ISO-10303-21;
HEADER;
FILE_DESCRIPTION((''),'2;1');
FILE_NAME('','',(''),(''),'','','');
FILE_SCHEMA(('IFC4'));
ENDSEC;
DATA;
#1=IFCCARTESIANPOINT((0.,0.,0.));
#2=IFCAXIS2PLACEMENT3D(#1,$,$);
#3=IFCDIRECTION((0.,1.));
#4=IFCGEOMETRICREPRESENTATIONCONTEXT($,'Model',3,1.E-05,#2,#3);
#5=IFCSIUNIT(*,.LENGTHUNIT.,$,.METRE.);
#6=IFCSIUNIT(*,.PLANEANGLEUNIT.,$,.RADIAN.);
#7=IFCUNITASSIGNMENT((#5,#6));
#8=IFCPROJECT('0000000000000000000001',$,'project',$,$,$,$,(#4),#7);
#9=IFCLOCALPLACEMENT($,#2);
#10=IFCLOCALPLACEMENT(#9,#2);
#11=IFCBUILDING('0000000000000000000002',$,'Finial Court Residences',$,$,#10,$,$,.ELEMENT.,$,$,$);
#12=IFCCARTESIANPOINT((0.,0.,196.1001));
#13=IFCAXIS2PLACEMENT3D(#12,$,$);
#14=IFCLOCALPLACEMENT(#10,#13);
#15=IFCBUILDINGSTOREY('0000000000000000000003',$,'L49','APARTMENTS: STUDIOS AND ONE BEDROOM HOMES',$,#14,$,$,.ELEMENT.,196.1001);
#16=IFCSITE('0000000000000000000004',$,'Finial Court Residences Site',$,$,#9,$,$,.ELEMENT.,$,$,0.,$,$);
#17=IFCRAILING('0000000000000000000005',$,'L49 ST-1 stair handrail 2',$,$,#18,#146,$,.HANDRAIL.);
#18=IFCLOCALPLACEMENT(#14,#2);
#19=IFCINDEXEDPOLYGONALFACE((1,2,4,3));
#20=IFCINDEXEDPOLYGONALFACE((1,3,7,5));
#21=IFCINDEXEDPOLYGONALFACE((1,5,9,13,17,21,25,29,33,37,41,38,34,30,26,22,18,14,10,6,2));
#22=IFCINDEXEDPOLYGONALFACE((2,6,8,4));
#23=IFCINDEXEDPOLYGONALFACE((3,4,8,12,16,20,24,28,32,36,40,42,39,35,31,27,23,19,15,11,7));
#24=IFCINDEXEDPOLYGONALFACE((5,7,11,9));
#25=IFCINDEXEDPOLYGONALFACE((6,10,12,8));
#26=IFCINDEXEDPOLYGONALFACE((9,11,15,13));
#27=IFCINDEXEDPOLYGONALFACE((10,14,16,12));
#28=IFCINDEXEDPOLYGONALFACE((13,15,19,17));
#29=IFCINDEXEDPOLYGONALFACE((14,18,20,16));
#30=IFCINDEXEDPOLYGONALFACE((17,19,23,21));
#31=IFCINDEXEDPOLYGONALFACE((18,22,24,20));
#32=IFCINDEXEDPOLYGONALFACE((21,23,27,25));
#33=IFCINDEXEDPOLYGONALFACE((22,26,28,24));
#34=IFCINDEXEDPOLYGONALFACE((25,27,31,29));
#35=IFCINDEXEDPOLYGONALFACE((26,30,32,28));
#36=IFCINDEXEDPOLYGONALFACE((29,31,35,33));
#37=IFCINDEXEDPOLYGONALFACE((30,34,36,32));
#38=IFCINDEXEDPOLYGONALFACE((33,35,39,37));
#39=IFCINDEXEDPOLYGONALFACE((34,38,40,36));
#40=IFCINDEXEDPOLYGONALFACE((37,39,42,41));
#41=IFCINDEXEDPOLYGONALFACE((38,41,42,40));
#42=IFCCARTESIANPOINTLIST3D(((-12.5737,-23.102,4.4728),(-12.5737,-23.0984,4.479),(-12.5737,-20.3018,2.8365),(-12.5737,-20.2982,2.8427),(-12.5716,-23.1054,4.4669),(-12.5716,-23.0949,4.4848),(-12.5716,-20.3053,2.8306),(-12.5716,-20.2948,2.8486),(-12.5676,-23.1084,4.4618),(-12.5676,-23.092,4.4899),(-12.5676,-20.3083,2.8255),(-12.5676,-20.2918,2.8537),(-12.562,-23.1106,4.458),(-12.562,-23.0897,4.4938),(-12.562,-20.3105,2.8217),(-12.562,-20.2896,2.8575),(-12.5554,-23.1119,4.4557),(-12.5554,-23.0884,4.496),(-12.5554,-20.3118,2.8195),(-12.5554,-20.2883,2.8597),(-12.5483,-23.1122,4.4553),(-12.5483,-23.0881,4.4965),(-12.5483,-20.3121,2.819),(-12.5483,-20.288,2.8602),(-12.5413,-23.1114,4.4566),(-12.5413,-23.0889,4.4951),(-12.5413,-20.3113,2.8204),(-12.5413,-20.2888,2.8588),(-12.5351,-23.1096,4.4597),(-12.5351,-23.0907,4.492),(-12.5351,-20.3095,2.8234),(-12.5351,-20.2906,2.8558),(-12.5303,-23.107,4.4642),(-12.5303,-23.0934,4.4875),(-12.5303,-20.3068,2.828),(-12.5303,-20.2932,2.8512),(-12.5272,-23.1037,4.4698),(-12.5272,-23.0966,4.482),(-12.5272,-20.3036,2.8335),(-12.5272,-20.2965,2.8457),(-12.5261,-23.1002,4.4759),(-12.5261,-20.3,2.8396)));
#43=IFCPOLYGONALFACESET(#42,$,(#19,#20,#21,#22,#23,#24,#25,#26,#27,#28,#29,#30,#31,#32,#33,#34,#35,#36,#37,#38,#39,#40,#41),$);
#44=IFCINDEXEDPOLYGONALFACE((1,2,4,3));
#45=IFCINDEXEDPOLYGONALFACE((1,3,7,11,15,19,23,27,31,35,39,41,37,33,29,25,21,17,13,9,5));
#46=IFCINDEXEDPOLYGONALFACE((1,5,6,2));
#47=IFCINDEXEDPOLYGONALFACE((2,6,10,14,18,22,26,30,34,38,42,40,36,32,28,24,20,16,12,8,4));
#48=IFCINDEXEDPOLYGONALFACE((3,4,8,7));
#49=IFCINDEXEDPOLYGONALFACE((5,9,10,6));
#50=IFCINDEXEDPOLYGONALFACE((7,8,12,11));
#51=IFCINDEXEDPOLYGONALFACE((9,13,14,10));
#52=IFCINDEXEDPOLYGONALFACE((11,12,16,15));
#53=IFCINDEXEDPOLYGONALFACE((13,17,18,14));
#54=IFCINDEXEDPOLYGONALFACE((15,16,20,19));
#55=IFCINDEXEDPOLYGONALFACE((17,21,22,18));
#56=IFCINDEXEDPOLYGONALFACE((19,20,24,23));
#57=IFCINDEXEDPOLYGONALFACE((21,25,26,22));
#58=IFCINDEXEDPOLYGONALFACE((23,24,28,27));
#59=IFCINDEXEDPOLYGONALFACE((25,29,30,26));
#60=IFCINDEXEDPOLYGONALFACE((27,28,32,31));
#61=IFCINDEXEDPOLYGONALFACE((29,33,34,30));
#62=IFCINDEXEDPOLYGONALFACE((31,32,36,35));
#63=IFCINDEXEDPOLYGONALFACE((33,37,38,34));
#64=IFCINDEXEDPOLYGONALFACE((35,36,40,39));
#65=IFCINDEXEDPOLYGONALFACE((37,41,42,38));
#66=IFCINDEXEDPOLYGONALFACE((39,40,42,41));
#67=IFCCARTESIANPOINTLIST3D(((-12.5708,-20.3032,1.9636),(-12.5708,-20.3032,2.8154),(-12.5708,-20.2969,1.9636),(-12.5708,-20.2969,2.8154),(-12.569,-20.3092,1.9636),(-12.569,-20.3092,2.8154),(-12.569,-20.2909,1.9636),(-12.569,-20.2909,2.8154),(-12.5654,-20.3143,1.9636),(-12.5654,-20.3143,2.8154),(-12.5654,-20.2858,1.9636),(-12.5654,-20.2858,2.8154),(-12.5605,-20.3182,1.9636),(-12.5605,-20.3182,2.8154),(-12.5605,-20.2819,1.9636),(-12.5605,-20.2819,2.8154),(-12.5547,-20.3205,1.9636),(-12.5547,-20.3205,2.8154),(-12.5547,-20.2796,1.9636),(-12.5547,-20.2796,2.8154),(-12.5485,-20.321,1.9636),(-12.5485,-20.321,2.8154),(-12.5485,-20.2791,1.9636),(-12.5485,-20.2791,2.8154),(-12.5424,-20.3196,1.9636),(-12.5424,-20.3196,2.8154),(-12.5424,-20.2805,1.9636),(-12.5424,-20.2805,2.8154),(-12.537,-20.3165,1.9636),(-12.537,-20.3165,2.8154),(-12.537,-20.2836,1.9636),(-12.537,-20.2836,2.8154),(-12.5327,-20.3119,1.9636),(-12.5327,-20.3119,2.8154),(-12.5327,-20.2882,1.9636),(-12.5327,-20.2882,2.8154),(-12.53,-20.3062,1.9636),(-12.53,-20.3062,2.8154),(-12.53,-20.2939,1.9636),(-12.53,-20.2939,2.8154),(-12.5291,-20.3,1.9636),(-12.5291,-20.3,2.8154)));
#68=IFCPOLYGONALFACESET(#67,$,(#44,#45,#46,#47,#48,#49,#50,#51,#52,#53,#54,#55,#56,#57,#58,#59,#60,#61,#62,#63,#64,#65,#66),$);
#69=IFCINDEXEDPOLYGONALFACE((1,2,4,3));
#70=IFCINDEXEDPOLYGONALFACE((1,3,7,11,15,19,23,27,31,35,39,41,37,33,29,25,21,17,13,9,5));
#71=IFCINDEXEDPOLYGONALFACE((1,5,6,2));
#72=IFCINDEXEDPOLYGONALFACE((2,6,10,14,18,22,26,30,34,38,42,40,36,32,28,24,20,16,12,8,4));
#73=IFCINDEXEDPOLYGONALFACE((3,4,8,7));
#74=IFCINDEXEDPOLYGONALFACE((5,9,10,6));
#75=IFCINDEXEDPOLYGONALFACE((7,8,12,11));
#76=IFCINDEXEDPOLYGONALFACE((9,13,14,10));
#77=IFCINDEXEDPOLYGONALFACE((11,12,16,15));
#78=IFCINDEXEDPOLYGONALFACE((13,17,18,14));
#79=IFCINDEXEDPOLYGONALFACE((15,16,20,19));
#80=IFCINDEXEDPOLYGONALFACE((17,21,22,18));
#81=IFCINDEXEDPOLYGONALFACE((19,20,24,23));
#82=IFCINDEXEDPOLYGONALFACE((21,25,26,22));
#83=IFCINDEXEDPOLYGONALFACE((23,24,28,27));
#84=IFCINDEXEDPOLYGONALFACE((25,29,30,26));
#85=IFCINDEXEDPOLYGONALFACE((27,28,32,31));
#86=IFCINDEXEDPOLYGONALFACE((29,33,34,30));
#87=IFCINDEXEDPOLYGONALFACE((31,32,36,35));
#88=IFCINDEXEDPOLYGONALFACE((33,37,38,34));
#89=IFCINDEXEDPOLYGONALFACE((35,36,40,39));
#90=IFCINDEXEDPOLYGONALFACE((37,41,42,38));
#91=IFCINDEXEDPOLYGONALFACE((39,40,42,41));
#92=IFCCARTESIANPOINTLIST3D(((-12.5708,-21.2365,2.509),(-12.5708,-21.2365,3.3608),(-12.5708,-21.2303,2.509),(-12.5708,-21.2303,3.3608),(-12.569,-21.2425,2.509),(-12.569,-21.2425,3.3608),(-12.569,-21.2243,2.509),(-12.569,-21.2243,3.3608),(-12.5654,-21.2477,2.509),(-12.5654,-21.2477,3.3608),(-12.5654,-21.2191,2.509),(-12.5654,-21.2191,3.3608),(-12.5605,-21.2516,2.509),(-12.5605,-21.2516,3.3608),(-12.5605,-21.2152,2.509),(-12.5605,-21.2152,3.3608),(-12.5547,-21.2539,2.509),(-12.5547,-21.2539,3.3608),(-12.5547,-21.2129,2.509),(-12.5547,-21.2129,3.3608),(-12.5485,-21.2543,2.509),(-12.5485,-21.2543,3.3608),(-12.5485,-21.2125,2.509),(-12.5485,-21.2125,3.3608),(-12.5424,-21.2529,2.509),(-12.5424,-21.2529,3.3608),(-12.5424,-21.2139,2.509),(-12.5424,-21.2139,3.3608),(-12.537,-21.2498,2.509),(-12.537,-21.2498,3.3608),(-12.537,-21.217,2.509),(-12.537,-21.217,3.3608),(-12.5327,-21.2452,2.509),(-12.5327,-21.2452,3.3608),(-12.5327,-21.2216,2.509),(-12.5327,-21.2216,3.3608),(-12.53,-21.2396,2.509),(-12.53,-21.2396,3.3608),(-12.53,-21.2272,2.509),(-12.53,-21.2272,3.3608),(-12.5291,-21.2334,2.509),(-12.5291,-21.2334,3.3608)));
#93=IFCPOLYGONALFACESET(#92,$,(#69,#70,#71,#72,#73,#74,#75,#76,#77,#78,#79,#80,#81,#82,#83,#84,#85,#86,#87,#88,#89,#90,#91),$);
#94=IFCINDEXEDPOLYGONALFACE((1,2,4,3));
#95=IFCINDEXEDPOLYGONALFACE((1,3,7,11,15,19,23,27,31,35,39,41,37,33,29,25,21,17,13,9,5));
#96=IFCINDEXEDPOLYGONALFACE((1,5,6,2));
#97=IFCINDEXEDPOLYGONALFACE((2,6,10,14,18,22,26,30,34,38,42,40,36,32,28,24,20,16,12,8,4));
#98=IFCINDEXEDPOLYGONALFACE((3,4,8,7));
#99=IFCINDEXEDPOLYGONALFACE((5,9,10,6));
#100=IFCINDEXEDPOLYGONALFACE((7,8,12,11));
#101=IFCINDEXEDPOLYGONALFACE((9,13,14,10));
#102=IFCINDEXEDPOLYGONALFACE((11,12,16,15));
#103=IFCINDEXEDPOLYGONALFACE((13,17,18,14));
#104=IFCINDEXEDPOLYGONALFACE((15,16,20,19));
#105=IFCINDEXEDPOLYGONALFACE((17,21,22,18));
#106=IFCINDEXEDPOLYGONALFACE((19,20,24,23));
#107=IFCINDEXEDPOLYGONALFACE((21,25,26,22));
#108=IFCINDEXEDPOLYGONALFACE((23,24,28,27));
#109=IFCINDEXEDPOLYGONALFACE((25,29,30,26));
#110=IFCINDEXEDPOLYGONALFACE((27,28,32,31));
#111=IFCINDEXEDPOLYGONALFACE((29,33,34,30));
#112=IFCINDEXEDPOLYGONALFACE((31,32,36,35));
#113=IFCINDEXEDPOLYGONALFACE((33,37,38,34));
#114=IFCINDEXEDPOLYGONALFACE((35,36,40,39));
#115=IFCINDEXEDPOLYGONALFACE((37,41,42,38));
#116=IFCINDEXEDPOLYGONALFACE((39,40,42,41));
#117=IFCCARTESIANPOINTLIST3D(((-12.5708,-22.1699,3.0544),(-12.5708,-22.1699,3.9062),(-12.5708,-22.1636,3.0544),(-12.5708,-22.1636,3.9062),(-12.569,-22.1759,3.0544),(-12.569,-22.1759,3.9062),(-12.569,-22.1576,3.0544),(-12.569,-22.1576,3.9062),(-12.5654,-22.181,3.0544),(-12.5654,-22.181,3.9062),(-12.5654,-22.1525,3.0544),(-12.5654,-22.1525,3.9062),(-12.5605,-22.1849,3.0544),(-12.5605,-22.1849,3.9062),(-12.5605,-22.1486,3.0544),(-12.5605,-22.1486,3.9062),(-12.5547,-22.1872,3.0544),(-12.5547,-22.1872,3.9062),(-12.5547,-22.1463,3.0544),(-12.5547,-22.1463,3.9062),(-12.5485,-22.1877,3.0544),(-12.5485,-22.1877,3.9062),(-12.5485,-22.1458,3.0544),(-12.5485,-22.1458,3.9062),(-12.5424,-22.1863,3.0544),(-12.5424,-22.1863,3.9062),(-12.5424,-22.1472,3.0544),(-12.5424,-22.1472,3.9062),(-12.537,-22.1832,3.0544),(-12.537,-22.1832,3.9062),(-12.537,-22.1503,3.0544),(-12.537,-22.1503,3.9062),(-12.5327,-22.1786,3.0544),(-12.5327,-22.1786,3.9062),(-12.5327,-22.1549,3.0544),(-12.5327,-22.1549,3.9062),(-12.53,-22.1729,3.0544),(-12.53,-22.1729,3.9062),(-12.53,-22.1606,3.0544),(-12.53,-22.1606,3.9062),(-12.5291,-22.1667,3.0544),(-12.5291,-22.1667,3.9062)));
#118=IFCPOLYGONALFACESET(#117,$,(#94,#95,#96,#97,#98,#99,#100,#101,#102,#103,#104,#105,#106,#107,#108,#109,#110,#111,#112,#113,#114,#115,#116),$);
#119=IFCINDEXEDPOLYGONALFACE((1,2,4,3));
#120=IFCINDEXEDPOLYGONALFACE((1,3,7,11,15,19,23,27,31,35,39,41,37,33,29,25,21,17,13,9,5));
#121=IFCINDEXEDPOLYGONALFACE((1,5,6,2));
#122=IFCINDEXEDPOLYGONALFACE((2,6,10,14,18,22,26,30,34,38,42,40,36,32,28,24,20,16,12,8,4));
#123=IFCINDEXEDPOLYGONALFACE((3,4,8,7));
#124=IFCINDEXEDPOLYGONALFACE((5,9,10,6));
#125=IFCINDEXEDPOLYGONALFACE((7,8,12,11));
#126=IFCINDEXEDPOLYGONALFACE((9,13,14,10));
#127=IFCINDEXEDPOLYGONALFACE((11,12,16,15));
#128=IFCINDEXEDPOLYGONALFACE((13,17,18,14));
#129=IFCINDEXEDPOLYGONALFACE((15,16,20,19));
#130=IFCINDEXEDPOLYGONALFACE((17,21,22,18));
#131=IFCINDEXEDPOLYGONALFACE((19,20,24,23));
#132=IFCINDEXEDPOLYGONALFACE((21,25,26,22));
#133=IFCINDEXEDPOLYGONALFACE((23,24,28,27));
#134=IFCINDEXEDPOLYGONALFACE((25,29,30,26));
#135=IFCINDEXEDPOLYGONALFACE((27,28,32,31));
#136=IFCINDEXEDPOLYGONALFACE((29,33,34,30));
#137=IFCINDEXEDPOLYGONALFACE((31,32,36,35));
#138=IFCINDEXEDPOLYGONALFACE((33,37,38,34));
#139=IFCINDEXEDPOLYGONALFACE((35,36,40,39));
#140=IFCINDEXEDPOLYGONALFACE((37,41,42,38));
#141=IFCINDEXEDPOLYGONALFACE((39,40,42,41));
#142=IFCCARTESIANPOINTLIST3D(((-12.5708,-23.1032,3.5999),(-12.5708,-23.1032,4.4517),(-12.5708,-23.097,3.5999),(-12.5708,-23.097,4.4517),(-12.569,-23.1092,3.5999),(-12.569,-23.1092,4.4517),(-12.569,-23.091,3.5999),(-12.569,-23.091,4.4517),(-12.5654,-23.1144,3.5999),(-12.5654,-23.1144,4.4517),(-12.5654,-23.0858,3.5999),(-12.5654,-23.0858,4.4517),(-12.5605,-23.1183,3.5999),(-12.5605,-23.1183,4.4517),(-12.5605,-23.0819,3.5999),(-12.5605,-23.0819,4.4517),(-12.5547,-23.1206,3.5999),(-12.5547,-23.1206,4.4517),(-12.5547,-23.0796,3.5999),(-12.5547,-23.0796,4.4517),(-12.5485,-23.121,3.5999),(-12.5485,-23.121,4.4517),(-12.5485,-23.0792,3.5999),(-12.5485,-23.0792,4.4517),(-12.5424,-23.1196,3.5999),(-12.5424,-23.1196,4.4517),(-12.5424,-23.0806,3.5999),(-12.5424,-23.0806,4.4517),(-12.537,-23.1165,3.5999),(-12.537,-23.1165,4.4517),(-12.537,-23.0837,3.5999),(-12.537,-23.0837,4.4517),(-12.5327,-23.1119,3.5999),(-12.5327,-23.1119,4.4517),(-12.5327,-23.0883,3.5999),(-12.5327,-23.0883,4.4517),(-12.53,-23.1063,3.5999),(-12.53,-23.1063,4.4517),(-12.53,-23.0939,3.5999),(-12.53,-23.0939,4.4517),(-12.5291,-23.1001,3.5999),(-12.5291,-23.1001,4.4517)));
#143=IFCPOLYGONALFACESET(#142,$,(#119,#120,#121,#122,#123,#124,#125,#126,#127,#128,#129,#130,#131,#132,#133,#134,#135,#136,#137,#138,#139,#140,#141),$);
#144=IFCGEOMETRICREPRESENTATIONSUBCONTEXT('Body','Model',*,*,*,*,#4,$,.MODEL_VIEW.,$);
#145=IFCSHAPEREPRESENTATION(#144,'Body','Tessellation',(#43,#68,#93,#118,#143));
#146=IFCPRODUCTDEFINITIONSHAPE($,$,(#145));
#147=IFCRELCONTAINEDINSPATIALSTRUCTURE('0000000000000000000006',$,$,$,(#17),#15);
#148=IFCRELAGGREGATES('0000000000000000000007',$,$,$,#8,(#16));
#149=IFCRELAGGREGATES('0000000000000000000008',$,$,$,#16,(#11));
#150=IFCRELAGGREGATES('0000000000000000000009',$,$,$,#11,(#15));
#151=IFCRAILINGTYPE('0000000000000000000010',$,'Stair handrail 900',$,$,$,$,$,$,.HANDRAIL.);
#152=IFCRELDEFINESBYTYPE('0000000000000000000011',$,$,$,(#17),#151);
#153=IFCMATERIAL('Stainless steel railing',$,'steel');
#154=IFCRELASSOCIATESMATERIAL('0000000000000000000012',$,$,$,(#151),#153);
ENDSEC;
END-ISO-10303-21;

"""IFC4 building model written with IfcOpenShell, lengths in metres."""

from ifc_helpers import new_model, si_unit, direction, frame, origin, origin_2d, place, context, subcontext, project, spatial, circle, extrude, material, type_object, element, save


model = new_model("IFC4")

# Units and contexts
model_context = context("Model", 3, precision=1e-05, world=origin(), true_north=direction((0.0, 1.0)))
body_context = subcontext(model_context, "Body", "Model", "MODEL_VIEW")
ifc_project = project(units=[si_unit("LENGTHUNIT", "METRE"), si_unit("PLANEANGLEUNIT", "RADIAN")], contexts=[model_context])

# Site, building, storey
site_placement = place(None, origin())
site = spatial("IfcSite", under=ifc_project, at=site_placement, Name="Finial Court Residences Site", CompositionType="ELEMENT", RefElevation=0.0)
building_placement = place(site_placement, origin())
building = spatial("IfcBuilding", under=site, at=building_placement, Name="Finial Court Residences", CompositionType="ELEMENT")
storey_placement = place(building_placement, frame((0.0, 0.0, 196.1001)))
storey = spatial("IfcBuildingStorey", under=building, at=storey_placement, Name="L49", Description="APARTMENTS: STUDIOS AND ONE BEDROOM HOMES", CompositionType="ELEMENT", Elevation=196.1001)

# Railing
ifc_material_1 = material(Name="Stainless steel railing", Category="steel")
railing_type_1 = type_object("IfcRailingType", Name="Stair handrail 900", PredefinedType="HANDRAIL", material=ifc_material_1)
railing_1_placement = place(storey_placement, frame((-12.55, -20.3, 1.9636)))
element("IfcRailing", 1, at=railing_1_placement, inside=storey, type_object=railing_type_1, Name="L49 ST-1 stair handrail 2", PredefinedType="HANDRAIL", context=body_context, shape_type="SweptSolid", body=[
    extrude(circle(Radius=0.0239, at=origin_2d()), frame((0.0, 0.0, 0.876), z_axis=(0.0, -0.863394, 0.504531), x_axis=(1.0, 0.0, 0.0)), (0.0, 0.0, 1.0), 3.2432),
    extrude(circle(Radius=0.021, at=origin_2d()), origin(), (0.0, 0.0, 1.0), 0.8518),
    extrude(circle(Radius=0.021, at=origin_2d()), frame((0.0, -0.9333, 0.5454)), (0.0, 0.0, 1.0), 0.8518),
    extrude(circle(Radius=0.021, at=origin_2d()), frame((0.0, -1.8667, 1.0908)), (0.0, 0.0, 1.0), 0.8518),
    extrude(circle(Radius=0.021, at=origin_2d()), frame((0.0, -2.8, 1.6362)), (0.0, 0.0, 1.0), 0.8518),
])

save(model, "model.ifc")
